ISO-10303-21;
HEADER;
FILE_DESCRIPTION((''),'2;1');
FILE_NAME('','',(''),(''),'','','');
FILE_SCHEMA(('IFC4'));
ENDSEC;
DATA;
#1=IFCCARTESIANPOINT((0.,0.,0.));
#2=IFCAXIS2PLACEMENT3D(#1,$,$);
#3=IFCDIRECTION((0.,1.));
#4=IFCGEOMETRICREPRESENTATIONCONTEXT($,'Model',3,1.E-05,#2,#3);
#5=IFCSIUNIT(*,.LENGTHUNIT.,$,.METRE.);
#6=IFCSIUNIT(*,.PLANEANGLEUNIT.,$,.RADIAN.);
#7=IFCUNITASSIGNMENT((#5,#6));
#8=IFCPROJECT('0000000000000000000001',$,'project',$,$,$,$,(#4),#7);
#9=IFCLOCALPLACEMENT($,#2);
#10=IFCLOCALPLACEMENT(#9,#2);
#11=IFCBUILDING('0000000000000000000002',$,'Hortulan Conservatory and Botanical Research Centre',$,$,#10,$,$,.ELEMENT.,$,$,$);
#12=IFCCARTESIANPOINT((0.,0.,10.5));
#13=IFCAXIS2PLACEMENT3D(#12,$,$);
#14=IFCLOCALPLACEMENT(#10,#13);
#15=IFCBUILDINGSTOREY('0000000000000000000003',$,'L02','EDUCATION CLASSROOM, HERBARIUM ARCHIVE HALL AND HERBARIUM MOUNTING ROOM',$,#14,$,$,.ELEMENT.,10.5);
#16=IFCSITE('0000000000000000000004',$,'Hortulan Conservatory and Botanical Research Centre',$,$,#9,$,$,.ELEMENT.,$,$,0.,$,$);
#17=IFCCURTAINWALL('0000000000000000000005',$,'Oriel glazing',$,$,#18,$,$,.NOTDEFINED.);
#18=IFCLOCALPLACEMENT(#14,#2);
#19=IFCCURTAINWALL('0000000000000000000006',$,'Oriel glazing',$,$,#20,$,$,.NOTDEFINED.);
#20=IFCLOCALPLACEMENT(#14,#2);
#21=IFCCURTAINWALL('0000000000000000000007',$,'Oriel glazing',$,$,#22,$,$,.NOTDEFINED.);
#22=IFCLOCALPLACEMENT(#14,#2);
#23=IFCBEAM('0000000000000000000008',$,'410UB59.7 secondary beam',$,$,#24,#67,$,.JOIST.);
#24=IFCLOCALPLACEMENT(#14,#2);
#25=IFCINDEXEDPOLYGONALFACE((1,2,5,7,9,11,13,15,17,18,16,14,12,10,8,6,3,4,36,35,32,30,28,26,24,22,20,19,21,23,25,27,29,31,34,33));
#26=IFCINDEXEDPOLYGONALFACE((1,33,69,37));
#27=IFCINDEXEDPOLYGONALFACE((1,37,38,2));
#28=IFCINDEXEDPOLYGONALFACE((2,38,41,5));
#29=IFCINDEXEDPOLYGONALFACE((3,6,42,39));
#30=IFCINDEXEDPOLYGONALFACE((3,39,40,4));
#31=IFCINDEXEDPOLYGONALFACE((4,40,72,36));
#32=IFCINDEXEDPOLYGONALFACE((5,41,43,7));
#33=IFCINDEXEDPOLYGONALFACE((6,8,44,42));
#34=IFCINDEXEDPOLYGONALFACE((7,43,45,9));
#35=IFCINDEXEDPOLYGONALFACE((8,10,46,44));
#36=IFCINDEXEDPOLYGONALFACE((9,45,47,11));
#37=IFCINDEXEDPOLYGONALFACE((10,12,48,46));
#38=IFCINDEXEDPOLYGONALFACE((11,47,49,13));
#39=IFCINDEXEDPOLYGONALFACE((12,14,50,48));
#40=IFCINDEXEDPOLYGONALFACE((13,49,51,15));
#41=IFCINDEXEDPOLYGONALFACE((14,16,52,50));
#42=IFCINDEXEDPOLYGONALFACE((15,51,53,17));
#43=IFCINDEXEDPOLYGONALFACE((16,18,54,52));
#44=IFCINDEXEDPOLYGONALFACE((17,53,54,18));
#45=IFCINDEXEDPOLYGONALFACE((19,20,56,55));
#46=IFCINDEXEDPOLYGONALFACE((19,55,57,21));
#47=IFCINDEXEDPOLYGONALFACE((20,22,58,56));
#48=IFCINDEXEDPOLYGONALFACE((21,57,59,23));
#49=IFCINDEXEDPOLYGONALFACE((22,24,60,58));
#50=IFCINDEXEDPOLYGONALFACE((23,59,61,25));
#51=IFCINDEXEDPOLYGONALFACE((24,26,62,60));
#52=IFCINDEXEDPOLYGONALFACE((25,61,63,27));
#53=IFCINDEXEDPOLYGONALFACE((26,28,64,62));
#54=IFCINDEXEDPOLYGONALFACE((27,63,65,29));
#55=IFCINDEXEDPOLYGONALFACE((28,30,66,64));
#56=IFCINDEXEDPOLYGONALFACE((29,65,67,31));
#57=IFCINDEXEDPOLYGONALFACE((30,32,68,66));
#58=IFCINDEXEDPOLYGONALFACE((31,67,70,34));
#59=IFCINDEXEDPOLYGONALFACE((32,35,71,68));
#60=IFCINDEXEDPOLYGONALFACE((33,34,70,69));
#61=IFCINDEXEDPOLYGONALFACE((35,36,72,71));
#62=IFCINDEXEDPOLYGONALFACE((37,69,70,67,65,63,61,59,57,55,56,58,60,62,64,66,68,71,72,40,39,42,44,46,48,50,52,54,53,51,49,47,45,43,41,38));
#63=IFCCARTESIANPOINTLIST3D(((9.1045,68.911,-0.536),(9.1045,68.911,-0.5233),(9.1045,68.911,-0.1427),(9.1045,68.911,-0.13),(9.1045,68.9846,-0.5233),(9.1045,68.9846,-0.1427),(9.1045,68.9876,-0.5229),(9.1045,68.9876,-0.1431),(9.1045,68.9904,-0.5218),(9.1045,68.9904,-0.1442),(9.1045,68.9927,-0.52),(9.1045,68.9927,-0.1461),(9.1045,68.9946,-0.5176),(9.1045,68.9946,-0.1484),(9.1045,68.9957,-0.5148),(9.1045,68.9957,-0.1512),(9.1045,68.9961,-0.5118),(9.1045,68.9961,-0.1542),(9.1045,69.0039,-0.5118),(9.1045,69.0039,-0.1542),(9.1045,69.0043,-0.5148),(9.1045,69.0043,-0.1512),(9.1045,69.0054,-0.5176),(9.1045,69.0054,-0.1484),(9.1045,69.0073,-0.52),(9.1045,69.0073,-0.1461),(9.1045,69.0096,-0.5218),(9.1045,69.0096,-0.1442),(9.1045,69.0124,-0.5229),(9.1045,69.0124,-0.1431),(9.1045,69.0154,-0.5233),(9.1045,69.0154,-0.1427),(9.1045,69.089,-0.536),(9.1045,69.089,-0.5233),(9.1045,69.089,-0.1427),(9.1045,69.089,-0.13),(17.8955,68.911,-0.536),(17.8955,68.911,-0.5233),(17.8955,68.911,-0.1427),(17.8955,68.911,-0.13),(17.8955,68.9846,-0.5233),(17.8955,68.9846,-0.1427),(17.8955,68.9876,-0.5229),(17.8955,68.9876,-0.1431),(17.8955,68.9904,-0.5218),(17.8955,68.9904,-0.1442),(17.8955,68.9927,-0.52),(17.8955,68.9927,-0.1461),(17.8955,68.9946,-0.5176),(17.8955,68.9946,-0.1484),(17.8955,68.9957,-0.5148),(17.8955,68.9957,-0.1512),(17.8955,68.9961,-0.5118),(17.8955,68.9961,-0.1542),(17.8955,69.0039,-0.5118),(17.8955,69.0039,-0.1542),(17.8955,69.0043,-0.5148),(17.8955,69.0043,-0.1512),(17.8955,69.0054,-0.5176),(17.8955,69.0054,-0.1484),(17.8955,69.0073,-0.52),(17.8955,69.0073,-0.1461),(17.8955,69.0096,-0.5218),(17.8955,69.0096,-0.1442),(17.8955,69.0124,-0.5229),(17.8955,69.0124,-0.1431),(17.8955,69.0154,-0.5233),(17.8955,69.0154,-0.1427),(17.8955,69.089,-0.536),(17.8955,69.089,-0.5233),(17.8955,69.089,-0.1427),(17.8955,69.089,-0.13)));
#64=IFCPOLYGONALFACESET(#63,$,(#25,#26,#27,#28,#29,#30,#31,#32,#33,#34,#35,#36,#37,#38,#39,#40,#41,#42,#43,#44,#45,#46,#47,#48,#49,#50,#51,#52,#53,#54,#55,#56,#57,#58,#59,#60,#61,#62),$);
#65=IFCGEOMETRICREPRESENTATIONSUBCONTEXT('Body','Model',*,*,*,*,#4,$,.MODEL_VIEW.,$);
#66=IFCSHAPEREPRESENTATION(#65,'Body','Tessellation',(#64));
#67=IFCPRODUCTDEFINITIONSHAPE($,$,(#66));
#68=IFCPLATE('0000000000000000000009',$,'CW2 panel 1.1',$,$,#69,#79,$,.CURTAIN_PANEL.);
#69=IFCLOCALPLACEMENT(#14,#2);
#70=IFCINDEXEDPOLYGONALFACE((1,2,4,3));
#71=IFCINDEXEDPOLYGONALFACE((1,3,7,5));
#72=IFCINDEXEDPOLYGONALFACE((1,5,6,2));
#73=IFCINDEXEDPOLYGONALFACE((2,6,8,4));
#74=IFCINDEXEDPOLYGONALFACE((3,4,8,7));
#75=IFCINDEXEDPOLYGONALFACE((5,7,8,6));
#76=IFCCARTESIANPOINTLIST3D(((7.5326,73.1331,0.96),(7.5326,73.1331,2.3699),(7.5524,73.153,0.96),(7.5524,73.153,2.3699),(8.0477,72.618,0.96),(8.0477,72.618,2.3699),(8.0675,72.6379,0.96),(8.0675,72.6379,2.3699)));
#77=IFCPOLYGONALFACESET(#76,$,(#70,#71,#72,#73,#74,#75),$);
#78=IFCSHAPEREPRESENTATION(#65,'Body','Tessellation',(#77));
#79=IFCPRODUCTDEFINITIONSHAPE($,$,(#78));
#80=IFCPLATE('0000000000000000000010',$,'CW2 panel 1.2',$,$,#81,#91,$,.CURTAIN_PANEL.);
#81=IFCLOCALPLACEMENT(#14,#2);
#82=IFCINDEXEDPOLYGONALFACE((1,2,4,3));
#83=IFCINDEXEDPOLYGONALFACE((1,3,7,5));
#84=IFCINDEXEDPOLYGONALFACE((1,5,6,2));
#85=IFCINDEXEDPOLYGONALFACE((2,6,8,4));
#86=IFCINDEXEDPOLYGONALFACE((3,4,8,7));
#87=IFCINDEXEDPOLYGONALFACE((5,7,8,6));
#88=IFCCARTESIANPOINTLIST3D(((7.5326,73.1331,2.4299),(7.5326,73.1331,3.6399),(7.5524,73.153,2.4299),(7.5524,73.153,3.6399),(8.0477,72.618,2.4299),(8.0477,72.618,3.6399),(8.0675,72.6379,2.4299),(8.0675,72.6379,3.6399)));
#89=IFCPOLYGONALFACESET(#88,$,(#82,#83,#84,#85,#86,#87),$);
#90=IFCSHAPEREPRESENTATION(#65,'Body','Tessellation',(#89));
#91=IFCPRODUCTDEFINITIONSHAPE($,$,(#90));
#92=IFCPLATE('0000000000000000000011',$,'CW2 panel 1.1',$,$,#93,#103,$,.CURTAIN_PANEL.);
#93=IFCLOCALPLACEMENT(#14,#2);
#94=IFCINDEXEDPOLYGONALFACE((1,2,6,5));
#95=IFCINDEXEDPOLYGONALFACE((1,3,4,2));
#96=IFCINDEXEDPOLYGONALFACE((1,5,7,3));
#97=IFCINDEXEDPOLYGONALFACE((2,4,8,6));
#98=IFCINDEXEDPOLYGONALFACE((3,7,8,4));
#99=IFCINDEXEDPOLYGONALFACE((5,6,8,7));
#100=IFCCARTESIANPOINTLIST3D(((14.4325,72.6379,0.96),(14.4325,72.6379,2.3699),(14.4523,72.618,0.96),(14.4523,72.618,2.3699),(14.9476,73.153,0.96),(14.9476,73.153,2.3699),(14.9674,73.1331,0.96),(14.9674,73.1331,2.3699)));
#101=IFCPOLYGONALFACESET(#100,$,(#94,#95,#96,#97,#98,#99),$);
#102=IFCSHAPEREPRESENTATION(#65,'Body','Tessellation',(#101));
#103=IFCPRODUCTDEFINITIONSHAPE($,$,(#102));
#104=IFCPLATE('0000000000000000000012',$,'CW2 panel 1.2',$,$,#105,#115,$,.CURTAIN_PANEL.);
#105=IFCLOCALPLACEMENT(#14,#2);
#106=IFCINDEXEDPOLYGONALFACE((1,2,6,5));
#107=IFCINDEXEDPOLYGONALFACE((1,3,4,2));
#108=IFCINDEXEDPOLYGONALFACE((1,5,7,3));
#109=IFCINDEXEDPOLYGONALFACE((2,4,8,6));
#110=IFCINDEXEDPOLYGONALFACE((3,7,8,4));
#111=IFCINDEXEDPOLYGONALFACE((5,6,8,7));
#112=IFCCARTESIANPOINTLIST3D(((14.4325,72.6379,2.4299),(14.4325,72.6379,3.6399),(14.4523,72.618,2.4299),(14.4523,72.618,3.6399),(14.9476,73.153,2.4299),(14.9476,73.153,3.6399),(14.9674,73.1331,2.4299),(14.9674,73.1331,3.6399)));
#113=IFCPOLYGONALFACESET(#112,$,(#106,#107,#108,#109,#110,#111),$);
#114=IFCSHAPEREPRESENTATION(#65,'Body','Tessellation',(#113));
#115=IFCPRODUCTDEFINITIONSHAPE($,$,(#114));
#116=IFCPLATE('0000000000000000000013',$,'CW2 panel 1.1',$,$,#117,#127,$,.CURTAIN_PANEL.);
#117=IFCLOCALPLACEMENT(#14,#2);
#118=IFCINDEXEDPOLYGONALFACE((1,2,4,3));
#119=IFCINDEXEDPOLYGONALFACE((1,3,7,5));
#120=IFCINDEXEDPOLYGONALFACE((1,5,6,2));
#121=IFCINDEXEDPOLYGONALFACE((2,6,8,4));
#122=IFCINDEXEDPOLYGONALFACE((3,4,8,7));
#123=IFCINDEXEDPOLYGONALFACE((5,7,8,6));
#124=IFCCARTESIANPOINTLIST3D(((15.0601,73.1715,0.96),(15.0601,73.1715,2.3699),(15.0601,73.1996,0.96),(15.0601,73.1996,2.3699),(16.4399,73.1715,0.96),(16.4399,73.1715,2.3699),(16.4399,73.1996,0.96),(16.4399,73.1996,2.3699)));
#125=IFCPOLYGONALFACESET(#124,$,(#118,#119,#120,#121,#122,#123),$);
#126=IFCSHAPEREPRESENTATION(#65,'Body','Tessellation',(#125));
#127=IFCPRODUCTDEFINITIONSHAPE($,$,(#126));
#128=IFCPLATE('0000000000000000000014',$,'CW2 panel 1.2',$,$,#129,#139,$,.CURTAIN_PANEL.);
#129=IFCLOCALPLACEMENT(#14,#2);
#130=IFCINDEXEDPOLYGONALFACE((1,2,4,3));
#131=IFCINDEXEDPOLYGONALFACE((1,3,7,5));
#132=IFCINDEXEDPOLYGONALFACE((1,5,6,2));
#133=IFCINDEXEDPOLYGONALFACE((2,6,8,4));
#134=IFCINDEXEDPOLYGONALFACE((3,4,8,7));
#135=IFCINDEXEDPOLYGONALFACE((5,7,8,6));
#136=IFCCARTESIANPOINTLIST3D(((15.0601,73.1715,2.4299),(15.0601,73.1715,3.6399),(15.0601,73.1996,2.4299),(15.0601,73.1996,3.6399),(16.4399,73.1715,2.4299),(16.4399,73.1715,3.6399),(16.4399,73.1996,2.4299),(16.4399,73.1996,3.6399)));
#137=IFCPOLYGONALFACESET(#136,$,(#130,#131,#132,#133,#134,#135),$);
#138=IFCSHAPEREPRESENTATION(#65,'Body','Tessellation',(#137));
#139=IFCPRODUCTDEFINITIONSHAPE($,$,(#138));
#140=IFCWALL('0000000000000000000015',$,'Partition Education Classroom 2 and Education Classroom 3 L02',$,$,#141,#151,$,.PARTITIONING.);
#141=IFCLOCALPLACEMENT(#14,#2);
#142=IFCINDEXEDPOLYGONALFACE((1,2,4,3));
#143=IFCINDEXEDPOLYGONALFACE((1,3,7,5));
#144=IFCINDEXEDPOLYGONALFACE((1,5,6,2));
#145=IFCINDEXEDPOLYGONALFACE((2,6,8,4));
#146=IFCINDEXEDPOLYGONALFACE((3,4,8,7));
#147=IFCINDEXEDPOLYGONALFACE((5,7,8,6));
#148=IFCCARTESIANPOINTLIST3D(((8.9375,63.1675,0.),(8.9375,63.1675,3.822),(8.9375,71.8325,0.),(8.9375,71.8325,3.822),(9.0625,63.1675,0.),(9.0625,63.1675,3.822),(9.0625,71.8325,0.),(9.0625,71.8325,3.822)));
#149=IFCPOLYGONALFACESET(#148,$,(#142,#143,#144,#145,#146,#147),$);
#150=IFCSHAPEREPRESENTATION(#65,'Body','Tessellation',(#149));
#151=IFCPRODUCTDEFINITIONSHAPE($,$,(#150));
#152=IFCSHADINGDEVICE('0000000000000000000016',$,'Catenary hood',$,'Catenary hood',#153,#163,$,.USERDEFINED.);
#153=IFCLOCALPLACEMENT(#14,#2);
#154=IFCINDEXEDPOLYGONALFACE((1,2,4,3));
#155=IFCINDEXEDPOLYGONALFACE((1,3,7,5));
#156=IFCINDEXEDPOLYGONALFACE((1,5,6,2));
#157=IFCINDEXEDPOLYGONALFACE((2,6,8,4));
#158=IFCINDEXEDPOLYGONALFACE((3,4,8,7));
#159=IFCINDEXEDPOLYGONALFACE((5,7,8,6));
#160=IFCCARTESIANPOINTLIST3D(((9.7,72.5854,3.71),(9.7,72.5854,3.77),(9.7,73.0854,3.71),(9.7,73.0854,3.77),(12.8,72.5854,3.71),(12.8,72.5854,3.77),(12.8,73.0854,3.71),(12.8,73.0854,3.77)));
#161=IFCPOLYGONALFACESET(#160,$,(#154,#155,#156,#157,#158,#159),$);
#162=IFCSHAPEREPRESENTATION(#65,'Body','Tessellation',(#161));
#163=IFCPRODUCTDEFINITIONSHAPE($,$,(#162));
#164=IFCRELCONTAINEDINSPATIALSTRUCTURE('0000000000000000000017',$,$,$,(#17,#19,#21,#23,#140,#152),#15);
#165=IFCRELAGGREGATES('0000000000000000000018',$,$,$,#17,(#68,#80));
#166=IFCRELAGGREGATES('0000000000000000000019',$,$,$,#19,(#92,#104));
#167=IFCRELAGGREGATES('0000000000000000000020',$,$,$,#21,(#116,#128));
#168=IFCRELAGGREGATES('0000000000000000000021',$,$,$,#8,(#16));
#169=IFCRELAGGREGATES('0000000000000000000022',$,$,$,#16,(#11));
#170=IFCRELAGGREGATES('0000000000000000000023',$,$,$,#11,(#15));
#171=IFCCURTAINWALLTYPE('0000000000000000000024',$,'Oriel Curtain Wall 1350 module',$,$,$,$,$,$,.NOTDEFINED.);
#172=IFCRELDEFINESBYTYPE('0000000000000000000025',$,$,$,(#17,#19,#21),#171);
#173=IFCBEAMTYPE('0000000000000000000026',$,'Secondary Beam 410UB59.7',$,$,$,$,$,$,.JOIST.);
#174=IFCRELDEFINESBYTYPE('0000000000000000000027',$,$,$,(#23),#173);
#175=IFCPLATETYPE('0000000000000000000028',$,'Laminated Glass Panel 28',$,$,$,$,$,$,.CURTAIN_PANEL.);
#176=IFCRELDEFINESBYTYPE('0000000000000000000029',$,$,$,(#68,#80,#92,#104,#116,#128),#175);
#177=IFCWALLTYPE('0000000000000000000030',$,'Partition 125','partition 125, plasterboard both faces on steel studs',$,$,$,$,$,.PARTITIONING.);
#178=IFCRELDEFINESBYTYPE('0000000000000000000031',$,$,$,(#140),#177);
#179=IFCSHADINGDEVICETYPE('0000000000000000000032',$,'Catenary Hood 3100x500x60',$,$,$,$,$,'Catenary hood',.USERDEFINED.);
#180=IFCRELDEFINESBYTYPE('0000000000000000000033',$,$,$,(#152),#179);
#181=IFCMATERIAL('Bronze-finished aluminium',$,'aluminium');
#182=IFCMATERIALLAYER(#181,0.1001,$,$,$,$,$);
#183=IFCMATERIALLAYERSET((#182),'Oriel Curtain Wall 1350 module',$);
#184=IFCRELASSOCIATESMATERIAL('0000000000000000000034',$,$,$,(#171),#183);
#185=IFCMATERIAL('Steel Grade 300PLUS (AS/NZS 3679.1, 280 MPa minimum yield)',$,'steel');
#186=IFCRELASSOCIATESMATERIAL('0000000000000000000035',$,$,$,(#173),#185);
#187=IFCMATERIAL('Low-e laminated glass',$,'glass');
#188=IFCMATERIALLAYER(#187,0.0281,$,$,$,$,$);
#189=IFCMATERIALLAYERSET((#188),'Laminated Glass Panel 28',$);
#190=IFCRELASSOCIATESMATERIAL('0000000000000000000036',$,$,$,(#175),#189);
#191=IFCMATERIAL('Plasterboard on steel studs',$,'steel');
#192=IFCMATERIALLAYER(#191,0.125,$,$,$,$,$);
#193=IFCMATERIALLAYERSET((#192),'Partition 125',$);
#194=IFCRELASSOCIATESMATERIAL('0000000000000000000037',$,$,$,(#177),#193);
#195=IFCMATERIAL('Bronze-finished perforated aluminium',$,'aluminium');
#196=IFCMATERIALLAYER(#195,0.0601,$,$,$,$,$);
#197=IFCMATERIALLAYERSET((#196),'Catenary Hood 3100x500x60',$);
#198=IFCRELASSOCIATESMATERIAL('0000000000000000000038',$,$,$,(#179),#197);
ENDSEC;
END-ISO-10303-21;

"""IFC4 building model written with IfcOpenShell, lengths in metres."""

from ifc_helpers import new_model, si_unit, direction, frame, frame_2d, origin, origin_2d, place, context, subcontext, project, spatial, rectangle, i_section, extrude, material, layer, layer_set, material_profile, profile_set, type_object, element, aggregate, save


model = new_model("IFC4")

# Units and contexts
model_context = context("Model", 3, precision=1e-05, world=origin(), true_north=direction((0.0, 1.0)))
body_context = subcontext(model_context, "Body", "Model", "MODEL_VIEW")
ifc_project = project(units=[si_unit("LENGTHUNIT", "METRE"), si_unit("PLANEANGLEUNIT", "RADIAN")], contexts=[model_context])

# Site, building, storey
site_placement = place(None, origin())
site = spatial("IfcSite", under=ifc_project, at=site_placement, Name="Hortulan Conservatory and Botanical Research Centre", CompositionType="ELEMENT", RefElevation=0.0)
building_placement = place(site_placement, origin())
building = spatial("IfcBuilding", under=site, at=building_placement, Name="Hortulan Conservatory and Botanical Research Centre", CompositionType="ELEMENT")
storey_placement = place(building_placement, frame((0.0, 0.0, 10.5)))
storey = spatial("IfcBuildingStorey", under=building, at=storey_placement, Name="L02", Description="EDUCATION CLASSROOM, HERBARIUM ARCHIVE HALL AND HERBARIUM MOUNTING ROOM", CompositionType="ELEMENT", Elevation=10.5)

# Shared definitions
ifc_material_1 = material(Name="Steel Grade 300PLUS (AS/NZS 3679.1, 280 MPa minimum yield)", Category="steel")

# Curtain wall
ifc_material_2 = material(Name="Bronze-finished aluminium", Category="aluminium")
ifc_layer_1 = layer(ifc_material_2, 0.1001)
ifc_layer_set_1 = layer_set([ifc_layer_1], Name="Oriel Curtain Wall 1350 module")
curtain_wall_type = type_object("IfcCurtainWallType", Name="Oriel Curtain Wall 1350 module", PredefinedType="NOTDEFINED", material=ifc_layer_set_1)
curtain_wall_1_placement = place(storey_placement, origin())
curtain_wall_1 = element("IfcCurtainWall", 1, at=curtain_wall_1_placement, inside=storey, type_object=curtain_wall_type, Name="Oriel glazing", PredefinedType="NOTDEFINED")

# Curtain walls
curtain_wall_2_placement = place(storey_placement, origin())
curtain_wall_2 = element("IfcCurtainWall", 2, at=curtain_wall_2_placement, inside=storey, type_object=curtain_wall_type, Name="Oriel glazing", PredefinedType="NOTDEFINED")
curtain_wall_3_placement = place(storey_placement, origin())
curtain_wall_3 = element("IfcCurtainWall", 3, at=curtain_wall_3_placement, inside=storey, type_object=curtain_wall_type, Name="Oriel glazing", PredefinedType="NOTDEFINED")

# Beam
ifc_material_profile_1 = material_profile(ifc_material_1, i_section(OverallWidth=0.178, OverallDepth=0.406, WebThickness=0.0078, FlangeThickness=0.0127, FilletRadius=0.0115, at=origin_2d()), Name="410UB59.7")
ifc_profile_set_1 = profile_set([ifc_material_profile_1], Name="Steel Grade 300PLUS (AS/NZS 3679.1, 280 MPa minimum yield)")
beam_type_1 = type_object("IfcBeamType", Name="Secondary Beam 410UB59.7", PredefinedType="JOIST", material=ifc_profile_set_1)
for number, where, z_axis, x_axis, name in (
    (4, (9.1045, 69.0, -0.333), (1.0, 0.0, 0.0), (0.0, 1.0, 0.0), "410UB59.7 secondary beam"),
):
    element("IfcBeam", number, at=place(storey_placement, frame(where, z_axis=z_axis, x_axis=x_axis)), inside=storey, type_object=beam_type_1, Name=name, PredefinedType="JOIST", context=body_context, shape_type="SweptSolid", body=[
        extrude(i_section(OverallWidth=0.178, OverallDepth=0.406, WebThickness=0.0078, FlangeThickness=0.0127, FilletRadius=0.0115, at=origin_2d()), origin(), (0.0, 0.0, 1.0), 8.791),
    ])

# Plates
ifc_material_3 = material(Name="Low-e laminated glass", Category="glass")
ifc_layer_2 = layer(ifc_material_3, 0.0281)
ifc_layer_set_2 = layer_set([ifc_layer_2], Name="Laminated Glass Panel 28")
plate_type = type_object("IfcPlateType", Name="Laminated Glass Panel 28", PredefinedType="CURTAIN_PANEL", material=ifc_layer_set_2)
plate_1_placement = place(storey_placement, frame((7.8, 72.8855, 0.96), z_axis=(0.0, 0.0, 1.0), x_axis=(0.707107, -0.707107, 0.0)))
plate_1 = element("IfcPlate", 5, at=plate_1_placement, type_object=plate_type, Name="CW2 panel 1.1", PredefinedType="CURTAIN_PANEL", context=body_context, shape_type="SweptSolid", body=[
    extrude(rectangle(XDim=0.7285, YDim=0.0281, at=origin_2d()), origin(), (0.0, 0.0, 1.0), 1.4099),
])
plate_2_placement = place(storey_placement, frame((7.8, 72.8855, 2.4299), z_axis=(0.0, 0.0, 1.0), x_axis=(0.707107, -0.707107, 0.0)))
plate_2 = element("IfcPlate", 6, at=plate_2_placement, type_object=plate_type, Name="CW2 panel 1.2", PredefinedType="CURTAIN_PANEL", context=body_context, shape_type="SweptSolid", body=[
    extrude(rectangle(XDim=0.7285, YDim=0.0281, at=origin_2d()), origin(), (0.0, 0.0, 1.0), 1.21),
])
aggregate(curtain_wall_1, [plate_1, plate_2])
plate_3_placement = place(storey_placement, frame((14.7, 72.8855, 0.96), z_axis=(0.0, 0.0, 1.0), x_axis=(0.707107, 0.707107, 0.0)))
plate_3 = element("IfcPlate", 7, at=plate_3_placement, type_object=plate_type, Name="CW2 panel 1.1", PredefinedType="CURTAIN_PANEL", context=body_context, shape_type="SweptSolid", body=[
    extrude(rectangle(XDim=0.7285, YDim=0.0281, at=origin_2d()), origin(), (0.0, 0.0, 1.0), 1.4099),
])
plate_4_placement = place(storey_placement, frame((14.7, 72.8855, 2.4299), z_axis=(0.0, 0.0, 1.0), x_axis=(0.707107, 0.707107, 0.0)))
plate_4 = element("IfcPlate", 8, at=plate_4_placement, type_object=plate_type, Name="CW2 panel 1.2", PredefinedType="CURTAIN_PANEL", context=body_context, shape_type="SweptSolid", body=[
    extrude(rectangle(XDim=0.7285, YDim=0.0281, at=origin_2d()), origin(), (0.0, 0.0, 1.0), 1.21),
])
aggregate(curtain_wall_2, [plate_3, plate_4])
plate_5_placement = place(storey_placement, frame((15.75, 73.1855, 0.96), z_axis=(0.0, 0.0, 1.0), x_axis=(1.0, 0.0, 0.0)))
plate_5 = element("IfcPlate", 9, at=plate_5_placement, type_object=plate_type, Name="CW2 panel 1.1", PredefinedType="CURTAIN_PANEL", context=body_context, shape_type="SweptSolid", body=[
    extrude(rectangle(XDim=1.3799, YDim=0.0281, at=origin_2d()), origin(), (0.0, 0.0, 1.0), 1.4099),
])
plate_6_placement = place(storey_placement, frame((15.75, 73.1855, 2.4299), z_axis=(0.0, 0.0, 1.0), x_axis=(1.0, 0.0, 0.0)))
plate_6 = element("IfcPlate", 10, at=plate_6_placement, type_object=plate_type, Name="CW2 panel 1.2", PredefinedType="CURTAIN_PANEL", context=body_context, shape_type="SweptSolid", body=[
    extrude(rectangle(XDim=1.3799, YDim=0.0281, at=origin_2d()), origin(), (0.0, 0.0, 1.0), 1.21),
])
aggregate(curtain_wall_3, [plate_5, plate_6])

# Wall
ifc_material_4 = material(Name="Plasterboard on steel studs", Category="steel")
ifc_layer_3 = layer(ifc_material_4, 0.125)
ifc_layer_set_3 = layer_set([ifc_layer_3], Name="Partition 125")
wall_type = type_object("IfcWallType", Name="Partition 125", Description="partition 125, plasterboard both faces on steel studs", PredefinedType="PARTITIONING", material=ifc_layer_set_3)
wall_placement = place(storey_placement, frame((9.0, 63.1675, 0.0), z_axis=(0.0, 0.0, 1.0), x_axis=(0.0, 1.0, 0.0)))
element("IfcWall", 11, at=wall_placement, inside=storey, type_object=wall_type, Name="Partition Education Classroom 2 and Education Classroom 3 L02", PredefinedType="PARTITIONING", context=body_context, shape_type="SweptSolid", body=[
    extrude(rectangle(XDim=8.665, YDim=0.125, at=frame_2d((4.3325, 0.0))), origin(), (0.0, 0.0, 1.0), 3.822),
])

# Shading device
ifc_material_5 = material(Name="Bronze-finished perforated aluminium", Category="aluminium")
ifc_layer_4 = layer(ifc_material_5, 0.0601)
ifc_layer_set_4 = layer_set([ifc_layer_4], Name="Catenary Hood 3100x500x60")
shading_device_type = type_object("IfcShadingDeviceType", Name="Catenary Hood 3100x500x60", ElementType="Catenary hood", PredefinedType="USERDEFINED", material=ifc_layer_set_4)
shading_device_placement = place(storey_placement, frame((11.25, 72.8354, 3.71), z_axis=(0.0, 0.0, 1.0), x_axis=(1.0, 0.0, 0.0)))
element("IfcShadingDevice", 12, at=shading_device_placement, inside=storey, type_object=shading_device_type, Name="Catenary hood", ObjectType="Catenary hood", PredefinedType="USERDEFINED", context=body_context, shape_type="SweptSolid", body=[
    extrude(rectangle(XDim=3.1001, YDim=0.5, at=origin_2d()), origin(), (0.0, 0.0, 1.0), 0.0601),
])

save(model, "model.ifc")
